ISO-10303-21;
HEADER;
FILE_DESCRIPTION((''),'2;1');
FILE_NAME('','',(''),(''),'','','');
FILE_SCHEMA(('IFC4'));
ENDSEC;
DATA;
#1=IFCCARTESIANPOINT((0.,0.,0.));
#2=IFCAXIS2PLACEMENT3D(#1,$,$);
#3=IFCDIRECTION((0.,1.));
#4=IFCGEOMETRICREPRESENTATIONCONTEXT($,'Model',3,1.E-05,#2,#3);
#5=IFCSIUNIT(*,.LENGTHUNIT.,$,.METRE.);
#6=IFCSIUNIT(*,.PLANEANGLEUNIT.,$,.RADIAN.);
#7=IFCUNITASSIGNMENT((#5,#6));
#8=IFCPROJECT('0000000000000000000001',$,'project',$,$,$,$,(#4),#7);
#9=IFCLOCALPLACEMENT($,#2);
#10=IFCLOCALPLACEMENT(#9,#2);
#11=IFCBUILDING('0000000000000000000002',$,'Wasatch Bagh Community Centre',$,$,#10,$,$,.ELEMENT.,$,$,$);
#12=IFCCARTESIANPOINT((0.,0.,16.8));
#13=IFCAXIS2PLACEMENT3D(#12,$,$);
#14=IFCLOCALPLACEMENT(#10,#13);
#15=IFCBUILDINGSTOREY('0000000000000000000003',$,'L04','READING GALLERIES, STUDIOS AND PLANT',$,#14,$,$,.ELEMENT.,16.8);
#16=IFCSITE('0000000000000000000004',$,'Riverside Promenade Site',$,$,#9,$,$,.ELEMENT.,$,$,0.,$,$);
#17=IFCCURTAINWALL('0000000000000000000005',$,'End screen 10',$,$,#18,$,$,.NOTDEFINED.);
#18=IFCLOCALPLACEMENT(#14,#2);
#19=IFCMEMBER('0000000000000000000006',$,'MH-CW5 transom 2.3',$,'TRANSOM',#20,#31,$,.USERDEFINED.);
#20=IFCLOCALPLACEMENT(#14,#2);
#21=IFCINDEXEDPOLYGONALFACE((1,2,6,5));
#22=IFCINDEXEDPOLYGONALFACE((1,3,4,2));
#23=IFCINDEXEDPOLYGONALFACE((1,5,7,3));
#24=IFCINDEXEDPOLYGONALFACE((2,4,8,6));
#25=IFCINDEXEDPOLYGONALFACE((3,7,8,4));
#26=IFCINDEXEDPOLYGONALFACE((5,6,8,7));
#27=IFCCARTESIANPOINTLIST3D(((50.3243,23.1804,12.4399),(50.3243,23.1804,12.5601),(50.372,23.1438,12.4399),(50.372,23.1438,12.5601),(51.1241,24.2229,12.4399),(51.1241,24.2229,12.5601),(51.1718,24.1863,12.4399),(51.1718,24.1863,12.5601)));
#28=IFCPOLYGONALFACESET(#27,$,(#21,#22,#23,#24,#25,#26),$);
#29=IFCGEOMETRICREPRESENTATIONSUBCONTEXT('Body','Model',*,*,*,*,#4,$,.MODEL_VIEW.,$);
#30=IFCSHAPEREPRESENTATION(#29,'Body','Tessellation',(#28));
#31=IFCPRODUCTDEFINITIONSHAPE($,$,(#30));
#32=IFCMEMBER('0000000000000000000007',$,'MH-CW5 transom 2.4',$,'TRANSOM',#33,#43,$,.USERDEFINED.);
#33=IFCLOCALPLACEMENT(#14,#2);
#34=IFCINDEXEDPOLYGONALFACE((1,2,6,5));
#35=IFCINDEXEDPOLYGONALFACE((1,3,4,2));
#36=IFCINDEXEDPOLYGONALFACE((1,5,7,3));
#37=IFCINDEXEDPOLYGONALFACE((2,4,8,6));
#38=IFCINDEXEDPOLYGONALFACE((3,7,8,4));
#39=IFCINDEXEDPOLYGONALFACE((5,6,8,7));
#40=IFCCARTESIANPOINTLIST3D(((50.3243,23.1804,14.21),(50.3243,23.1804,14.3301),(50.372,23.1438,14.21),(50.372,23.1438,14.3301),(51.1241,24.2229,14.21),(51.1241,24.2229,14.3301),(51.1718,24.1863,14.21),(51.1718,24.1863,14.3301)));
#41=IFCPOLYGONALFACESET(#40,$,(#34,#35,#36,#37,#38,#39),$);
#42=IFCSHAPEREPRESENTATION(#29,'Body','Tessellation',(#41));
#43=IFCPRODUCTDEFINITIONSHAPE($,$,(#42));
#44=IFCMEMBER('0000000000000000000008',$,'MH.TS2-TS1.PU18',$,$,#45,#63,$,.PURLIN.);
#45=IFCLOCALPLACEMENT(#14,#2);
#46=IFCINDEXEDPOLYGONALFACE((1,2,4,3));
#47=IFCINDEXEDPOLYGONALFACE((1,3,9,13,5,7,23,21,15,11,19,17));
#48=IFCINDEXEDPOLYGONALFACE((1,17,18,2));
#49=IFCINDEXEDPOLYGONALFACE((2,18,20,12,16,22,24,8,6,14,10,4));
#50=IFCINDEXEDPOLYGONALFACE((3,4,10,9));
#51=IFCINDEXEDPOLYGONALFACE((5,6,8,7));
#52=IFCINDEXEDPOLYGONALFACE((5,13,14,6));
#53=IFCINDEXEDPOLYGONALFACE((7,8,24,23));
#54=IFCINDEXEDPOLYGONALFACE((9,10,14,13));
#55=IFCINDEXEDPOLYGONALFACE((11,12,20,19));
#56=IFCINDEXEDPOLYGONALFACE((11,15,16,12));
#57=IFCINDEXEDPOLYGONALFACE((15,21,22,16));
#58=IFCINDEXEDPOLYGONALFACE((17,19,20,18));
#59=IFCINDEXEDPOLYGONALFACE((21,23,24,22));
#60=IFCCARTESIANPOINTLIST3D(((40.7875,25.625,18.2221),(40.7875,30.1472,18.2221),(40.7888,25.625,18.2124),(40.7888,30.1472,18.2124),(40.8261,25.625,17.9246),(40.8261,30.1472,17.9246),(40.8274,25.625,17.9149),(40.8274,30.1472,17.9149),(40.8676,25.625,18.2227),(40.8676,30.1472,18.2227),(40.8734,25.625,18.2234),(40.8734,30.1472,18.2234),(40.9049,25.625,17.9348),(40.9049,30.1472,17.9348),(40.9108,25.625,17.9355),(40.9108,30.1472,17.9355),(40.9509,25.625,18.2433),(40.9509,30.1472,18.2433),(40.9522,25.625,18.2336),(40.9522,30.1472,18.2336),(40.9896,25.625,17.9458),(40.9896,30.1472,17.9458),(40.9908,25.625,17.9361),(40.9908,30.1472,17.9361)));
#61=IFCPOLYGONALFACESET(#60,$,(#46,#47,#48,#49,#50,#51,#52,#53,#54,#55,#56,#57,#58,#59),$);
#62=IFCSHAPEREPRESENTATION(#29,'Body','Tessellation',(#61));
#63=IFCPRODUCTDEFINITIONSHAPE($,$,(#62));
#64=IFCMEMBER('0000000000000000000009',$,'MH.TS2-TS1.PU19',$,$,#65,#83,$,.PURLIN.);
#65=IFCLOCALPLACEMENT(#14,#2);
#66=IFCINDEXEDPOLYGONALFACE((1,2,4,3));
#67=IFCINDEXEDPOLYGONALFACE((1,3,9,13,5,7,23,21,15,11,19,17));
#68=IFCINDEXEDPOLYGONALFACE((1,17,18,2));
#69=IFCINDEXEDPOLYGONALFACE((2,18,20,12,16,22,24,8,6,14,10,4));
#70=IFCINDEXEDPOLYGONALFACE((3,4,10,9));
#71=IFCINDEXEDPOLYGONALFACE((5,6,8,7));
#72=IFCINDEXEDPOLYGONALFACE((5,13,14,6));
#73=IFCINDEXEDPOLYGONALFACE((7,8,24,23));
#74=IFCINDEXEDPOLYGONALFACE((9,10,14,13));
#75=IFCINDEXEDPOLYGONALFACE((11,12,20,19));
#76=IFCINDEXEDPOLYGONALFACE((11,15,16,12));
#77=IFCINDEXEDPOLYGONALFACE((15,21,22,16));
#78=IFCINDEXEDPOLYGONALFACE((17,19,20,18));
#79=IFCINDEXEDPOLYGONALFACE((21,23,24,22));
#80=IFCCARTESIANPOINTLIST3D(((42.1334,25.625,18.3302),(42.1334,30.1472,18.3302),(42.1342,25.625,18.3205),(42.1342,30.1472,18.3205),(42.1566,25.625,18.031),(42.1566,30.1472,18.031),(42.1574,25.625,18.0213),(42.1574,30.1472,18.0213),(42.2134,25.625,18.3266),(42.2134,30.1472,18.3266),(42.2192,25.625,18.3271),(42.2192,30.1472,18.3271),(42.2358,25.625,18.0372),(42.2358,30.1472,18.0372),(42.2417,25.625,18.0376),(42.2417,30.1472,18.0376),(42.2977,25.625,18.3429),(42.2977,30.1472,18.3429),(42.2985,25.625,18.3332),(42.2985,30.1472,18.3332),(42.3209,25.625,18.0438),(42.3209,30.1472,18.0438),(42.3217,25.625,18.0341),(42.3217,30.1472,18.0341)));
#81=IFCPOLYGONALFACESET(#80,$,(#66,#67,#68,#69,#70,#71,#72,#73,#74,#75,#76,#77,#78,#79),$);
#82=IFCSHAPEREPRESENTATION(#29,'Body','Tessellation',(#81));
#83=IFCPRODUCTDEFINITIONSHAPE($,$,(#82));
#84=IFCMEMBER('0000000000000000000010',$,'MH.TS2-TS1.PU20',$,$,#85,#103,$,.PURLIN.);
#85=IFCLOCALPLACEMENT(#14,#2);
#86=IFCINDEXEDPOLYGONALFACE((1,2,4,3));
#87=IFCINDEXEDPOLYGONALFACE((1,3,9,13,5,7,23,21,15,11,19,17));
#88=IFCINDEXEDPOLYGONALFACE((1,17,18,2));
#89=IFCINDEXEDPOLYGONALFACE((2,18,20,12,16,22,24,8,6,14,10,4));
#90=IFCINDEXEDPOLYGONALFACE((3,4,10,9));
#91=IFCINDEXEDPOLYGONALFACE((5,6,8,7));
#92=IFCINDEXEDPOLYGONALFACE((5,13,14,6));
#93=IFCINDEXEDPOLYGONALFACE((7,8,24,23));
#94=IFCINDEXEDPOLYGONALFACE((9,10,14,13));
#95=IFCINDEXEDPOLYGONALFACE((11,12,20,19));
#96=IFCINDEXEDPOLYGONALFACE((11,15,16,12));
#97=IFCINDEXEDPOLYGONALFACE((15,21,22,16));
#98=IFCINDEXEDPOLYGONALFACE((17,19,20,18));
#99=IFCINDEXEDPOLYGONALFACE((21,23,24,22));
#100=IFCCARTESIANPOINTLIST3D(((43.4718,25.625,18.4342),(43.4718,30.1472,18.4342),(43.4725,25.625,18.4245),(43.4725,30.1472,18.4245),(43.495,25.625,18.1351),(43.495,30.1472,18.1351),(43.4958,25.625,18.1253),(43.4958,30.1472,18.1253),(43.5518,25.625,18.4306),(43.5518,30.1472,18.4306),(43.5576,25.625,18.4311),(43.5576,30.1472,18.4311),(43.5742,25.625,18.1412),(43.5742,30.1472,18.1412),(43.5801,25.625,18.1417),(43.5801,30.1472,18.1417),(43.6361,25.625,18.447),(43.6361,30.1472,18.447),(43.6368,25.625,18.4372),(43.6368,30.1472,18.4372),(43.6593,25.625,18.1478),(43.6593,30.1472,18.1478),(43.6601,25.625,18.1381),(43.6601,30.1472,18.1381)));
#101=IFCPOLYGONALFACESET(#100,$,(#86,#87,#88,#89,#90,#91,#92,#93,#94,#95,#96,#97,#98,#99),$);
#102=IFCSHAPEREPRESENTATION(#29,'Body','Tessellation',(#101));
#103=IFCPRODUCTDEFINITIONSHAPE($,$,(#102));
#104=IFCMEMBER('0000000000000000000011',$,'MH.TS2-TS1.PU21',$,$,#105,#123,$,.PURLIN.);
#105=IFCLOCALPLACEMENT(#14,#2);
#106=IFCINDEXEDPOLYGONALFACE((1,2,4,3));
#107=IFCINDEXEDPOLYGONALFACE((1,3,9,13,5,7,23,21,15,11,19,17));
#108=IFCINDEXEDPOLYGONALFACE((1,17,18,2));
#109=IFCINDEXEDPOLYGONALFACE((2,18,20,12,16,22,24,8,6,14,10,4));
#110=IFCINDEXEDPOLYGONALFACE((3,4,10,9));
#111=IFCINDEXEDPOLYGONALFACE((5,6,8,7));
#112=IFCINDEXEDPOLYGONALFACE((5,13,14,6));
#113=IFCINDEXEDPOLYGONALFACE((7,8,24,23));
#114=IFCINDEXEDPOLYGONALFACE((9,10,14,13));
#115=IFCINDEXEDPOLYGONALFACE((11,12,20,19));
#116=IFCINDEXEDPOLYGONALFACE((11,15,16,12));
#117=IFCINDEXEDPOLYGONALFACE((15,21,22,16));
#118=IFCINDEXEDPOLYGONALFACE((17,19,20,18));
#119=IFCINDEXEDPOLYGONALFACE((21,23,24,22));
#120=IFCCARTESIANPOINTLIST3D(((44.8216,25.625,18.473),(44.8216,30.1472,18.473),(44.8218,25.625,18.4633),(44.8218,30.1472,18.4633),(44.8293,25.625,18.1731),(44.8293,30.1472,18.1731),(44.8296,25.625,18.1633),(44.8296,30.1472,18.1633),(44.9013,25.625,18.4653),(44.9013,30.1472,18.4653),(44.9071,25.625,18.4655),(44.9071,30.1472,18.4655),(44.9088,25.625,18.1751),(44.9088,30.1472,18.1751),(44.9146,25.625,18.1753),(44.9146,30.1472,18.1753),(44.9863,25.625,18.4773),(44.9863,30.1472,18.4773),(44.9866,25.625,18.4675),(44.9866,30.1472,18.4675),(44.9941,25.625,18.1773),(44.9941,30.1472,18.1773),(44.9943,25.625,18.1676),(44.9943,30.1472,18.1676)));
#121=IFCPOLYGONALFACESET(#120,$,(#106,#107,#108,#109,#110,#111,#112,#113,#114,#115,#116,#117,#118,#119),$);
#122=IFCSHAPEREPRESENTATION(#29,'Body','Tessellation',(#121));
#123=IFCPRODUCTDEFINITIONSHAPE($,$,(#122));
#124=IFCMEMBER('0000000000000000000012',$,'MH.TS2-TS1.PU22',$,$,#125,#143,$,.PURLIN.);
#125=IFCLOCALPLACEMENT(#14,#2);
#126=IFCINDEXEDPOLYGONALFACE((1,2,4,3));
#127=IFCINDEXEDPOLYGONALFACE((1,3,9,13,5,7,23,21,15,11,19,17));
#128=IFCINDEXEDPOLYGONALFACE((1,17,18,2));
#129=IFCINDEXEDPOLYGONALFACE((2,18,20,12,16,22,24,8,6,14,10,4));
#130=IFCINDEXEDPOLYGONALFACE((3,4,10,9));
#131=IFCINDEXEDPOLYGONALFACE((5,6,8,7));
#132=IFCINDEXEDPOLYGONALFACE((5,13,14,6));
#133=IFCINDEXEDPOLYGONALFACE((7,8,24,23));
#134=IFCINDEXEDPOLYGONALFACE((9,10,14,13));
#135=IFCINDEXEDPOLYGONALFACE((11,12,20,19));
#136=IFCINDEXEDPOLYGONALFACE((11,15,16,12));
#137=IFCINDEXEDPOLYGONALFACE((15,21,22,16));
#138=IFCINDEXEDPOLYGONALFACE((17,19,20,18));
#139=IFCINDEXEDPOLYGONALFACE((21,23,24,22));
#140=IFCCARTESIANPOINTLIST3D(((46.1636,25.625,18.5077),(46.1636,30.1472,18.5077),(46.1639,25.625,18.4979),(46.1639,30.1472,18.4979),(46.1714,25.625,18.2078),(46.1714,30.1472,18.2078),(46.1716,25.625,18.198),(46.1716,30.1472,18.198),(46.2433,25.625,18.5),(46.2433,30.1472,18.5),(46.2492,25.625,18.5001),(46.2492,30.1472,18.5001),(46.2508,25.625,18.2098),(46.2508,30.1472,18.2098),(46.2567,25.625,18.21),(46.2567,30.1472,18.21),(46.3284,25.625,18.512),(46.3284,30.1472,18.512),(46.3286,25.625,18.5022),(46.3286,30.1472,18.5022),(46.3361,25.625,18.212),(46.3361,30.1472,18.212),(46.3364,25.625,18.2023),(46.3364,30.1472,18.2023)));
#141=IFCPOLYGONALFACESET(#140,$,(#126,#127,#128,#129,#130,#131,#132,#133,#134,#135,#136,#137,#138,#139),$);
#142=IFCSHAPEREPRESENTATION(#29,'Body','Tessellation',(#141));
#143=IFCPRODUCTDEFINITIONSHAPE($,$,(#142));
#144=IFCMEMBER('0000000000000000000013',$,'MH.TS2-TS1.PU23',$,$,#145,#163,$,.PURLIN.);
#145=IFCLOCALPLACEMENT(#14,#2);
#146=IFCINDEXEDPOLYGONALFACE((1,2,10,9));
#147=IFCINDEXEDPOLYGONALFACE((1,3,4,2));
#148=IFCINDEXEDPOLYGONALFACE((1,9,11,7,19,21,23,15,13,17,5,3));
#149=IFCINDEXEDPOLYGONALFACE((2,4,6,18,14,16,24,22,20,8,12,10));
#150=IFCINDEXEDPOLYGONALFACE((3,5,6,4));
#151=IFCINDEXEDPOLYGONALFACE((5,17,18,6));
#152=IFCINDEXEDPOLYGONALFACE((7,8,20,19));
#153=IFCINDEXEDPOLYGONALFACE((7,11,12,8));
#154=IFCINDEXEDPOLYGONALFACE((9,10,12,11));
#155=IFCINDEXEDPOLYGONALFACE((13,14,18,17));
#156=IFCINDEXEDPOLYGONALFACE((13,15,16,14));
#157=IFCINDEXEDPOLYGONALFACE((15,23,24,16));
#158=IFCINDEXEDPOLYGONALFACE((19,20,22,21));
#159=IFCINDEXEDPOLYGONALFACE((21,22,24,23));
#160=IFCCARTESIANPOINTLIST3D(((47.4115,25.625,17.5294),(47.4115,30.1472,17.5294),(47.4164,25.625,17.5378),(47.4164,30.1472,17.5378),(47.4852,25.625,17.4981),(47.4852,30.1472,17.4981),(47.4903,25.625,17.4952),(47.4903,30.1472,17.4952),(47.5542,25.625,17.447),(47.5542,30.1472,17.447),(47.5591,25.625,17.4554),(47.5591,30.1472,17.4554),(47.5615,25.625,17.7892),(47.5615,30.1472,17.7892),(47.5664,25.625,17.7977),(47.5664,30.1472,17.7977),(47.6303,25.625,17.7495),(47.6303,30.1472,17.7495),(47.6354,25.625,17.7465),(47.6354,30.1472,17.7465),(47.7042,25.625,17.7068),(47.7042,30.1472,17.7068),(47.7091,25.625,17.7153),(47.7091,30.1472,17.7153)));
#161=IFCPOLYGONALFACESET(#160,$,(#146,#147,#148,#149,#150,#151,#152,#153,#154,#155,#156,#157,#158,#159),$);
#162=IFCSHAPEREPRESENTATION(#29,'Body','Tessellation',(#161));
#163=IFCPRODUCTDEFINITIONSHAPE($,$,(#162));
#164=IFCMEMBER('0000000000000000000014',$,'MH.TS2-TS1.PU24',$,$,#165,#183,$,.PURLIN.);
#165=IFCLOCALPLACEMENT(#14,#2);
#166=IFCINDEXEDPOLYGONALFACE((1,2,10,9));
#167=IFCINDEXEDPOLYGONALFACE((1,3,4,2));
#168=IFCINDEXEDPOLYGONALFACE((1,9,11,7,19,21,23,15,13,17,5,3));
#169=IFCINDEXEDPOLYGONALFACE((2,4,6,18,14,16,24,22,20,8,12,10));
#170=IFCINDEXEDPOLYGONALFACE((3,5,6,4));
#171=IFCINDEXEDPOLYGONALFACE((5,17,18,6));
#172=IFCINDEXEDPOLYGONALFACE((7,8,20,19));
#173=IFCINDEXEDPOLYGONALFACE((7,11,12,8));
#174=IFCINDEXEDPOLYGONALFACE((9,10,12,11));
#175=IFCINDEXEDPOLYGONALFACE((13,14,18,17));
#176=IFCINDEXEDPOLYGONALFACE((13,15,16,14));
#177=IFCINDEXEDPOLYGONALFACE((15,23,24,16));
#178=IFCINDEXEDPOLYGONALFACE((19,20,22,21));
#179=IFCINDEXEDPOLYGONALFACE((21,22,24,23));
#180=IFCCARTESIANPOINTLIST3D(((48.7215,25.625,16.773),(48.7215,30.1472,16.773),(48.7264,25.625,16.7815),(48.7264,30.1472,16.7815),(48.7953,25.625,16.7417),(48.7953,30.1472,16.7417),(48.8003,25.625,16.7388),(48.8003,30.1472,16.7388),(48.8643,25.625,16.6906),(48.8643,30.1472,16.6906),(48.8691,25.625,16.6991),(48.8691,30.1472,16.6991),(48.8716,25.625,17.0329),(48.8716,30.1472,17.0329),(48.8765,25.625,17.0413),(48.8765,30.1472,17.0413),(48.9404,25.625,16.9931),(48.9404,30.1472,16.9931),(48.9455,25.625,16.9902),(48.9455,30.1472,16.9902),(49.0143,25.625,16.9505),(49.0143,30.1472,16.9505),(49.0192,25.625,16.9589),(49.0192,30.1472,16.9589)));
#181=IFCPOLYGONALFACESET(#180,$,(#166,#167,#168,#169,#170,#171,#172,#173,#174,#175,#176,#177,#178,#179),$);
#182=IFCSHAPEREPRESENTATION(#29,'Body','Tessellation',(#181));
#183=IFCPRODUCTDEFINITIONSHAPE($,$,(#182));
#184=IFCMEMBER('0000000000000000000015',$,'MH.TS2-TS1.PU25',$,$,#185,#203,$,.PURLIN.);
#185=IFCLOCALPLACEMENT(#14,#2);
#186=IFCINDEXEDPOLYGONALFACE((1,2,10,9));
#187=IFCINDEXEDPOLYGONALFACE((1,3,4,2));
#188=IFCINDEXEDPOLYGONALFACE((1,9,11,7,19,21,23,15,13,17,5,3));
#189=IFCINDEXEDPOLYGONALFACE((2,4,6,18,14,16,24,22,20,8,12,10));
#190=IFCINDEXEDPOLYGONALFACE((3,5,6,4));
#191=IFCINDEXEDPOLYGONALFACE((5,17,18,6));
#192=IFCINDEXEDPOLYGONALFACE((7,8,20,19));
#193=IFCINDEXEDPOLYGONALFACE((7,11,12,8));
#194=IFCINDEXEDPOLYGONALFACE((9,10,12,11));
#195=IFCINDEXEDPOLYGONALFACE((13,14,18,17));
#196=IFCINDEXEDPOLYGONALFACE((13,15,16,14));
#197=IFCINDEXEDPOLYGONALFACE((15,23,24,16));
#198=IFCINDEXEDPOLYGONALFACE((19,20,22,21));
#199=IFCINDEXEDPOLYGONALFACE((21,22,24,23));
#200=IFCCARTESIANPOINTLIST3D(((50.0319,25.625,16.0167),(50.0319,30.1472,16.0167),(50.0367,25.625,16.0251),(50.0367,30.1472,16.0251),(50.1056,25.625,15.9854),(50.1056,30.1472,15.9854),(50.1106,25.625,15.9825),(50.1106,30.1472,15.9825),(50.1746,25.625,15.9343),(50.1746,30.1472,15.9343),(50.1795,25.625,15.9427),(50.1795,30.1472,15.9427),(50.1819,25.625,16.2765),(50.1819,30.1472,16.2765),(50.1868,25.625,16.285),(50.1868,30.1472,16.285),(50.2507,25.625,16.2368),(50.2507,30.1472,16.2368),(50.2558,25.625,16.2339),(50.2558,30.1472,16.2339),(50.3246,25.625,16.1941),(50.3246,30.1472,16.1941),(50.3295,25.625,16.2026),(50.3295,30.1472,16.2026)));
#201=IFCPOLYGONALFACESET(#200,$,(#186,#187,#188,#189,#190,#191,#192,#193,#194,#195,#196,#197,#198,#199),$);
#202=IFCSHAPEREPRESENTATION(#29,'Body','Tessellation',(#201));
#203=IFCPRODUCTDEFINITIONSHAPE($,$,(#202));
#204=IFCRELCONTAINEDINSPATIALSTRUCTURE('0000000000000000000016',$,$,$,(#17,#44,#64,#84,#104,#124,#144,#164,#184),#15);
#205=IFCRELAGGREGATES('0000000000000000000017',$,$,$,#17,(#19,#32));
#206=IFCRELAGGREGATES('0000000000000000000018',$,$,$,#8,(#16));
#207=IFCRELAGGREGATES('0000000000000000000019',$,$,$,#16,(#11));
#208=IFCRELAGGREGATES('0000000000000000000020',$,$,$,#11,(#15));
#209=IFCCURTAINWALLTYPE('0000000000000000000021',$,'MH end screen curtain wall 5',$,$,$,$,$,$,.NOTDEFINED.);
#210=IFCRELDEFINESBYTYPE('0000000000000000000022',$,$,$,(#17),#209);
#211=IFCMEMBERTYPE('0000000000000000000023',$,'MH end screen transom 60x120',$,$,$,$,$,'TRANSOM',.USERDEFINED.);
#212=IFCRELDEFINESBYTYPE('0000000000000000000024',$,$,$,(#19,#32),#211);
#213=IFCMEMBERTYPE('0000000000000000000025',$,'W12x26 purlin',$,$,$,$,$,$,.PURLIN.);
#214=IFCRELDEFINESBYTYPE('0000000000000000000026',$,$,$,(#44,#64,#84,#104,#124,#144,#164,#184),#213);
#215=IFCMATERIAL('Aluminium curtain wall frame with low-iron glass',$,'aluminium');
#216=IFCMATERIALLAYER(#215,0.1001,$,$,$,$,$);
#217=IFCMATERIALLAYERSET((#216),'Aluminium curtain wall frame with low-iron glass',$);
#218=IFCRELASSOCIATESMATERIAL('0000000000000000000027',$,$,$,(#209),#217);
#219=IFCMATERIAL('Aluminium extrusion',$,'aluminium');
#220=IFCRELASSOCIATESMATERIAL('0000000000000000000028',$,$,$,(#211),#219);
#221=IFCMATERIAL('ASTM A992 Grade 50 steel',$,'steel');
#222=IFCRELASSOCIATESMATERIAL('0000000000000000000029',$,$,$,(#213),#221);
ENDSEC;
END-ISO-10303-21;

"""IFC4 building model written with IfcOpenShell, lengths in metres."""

from ifc_helpers import new_model, si_unit, direction, frame, origin, origin_2d, place, context, subcontext, project, spatial, rectangle, i_section, extrude, material, layer, layer_set, material_profile, profile_set, type_object, element, aggregate, save


model = new_model("IFC4")

# Units and contexts
model_context = context("Model", 3, precision=1e-05, world=origin(), true_north=direction((0.0, 1.0)))
body_context = subcontext(model_context, "Body", "Model", "MODEL_VIEW")
ifc_project = project(units=[si_unit("LENGTHUNIT", "METRE"), si_unit("PLANEANGLEUNIT", "RADIAN")], contexts=[model_context])

# Site, building, storey
site_placement = place(None, origin())
site = spatial("IfcSite", under=ifc_project, at=site_placement, Name="Riverside Promenade Site", CompositionType="ELEMENT", RefElevation=0.0)
building_placement = place(site_placement, origin())
building = spatial("IfcBuilding", under=site, at=building_placement, Name="Wasatch Bagh Community Centre", CompositionType="ELEMENT")
storey_placement = place(building_placement, frame((0.0, 0.0, 16.8)))
storey = spatial("IfcBuildingStorey", under=building, at=storey_placement, Name="L04", Description="READING GALLERIES, STUDIOS AND PLANT", CompositionType="ELEMENT", Elevation=16.8)

# Curtain wall, members
ifc_material_1 = material(Name="Aluminium curtain wall frame with low-iron glass", Category="aluminium")
ifc_layer_1 = layer(ifc_material_1, 0.1001)
ifc_layer_set_1 = layer_set([ifc_layer_1], Name="Aluminium curtain wall frame with low-iron glass")
curtain_wall_type = type_object("IfcCurtainWallType", Name="MH end screen curtain wall 5", PredefinedType="NOTDEFINED", material=ifc_layer_set_1)
curtain_wall_placement = place(storey_placement, origin())
curtain_wall = element("IfcCurtainWall", 1, at=curtain_wall_placement, inside=storey, type_object=curtain_wall_type, Name="End screen 10", PredefinedType="NOTDEFINED")
ifc_material_2 = material(Name="Aluminium extrusion", Category="aluminium")
ifc_material_profile_1 = material_profile(ifc_material_2, rectangle(XDim=0.0601, YDim=0.1201, at=origin_2d()), Name="AL 60x120")
ifc_profile_set_1 = profile_set([ifc_material_profile_1], Name="Aluminium extrusion")
member_type_1 = type_object("IfcMemberType", Name="MH end screen transom 60x120", ElementType="TRANSOM", PredefinedType="USERDEFINED", material=ifc_profile_set_1)
member_1_placement = place(storey_placement, frame((50.3481, 23.1621, 12.5), z_axis=(0.608705, 0.793397, 0.0), x_axis=(-0.793397, 0.608705, 0.0)))
member_1 = element("IfcMember", 2, at=member_1_placement, type_object=member_type_1, Name="MH-CW5 transom 2.3", ObjectType="TRANSOM", PredefinedType="USERDEFINED", context=body_context, shape_type="SweptSolid", body=[
    extrude(rectangle(XDim=0.0601, YDim=0.1201, at=origin_2d()), origin(), (0.0, 0.0, 1.0), 1.314),
])
member_2_placement = place(storey_placement, frame((50.3481, 23.1621, 14.27), z_axis=(0.608705, 0.793397, 0.0), x_axis=(-0.793397, 0.608705, 0.0)))
member_2 = element("IfcMember", 3, at=member_2_placement, type_object=member_type_1, Name="MH-CW5 transom 2.4", ObjectType="TRANSOM", PredefinedType="USERDEFINED", context=body_context, shape_type="SweptSolid", body=[
    extrude(rectangle(XDim=0.0601, YDim=0.1201, at=origin_2d()), origin(), (0.0, 0.0, 1.0), 1.314),
])

# Members
ifc_material_3 = material(Name="ASTM A992 Grade 50 steel", Category="steel")
ifc_material_profile_2 = material_profile(ifc_material_3, i_section(OverallWidth=0.1648, OverallDepth=0.3098, WebThickness=0.0059, FlangeThickness=0.0098, at=origin_2d()), Name="W12x26")
ifc_profile_set_2 = profile_set([ifc_material_profile_2], Name="ASTM A992 Grade 50 steel")
member_type_2 = type_object("IfcMemberType", Name="W12x26 purlin", PredefinedType="PURLIN", material=ifc_profile_set_2)
for number, where, z_axis, x_axis, name in (
    (4, (40.8892, 25.625, 18.0791), (0.0, 1.0, 0.0), (-0.991678, 0.0, -0.12874), "MH.TS2-TS1.PU18"),
    (5, (42.2275, 25.625, 18.1821), (0.0, 1.0, 0.0), (-0.997002, 0.0, -0.077382), "MH.TS2-TS1.PU19"),
    (6, (43.5659, 25.625, 18.2861), (0.0, 1.0, 0.0), (-0.997002, 0.0, -0.077382), "MH.TS2-TS1.PU20"),
    (7, (44.908, 25.625, 18.3203), (0.0, 1.0, 0.0), (-0.999667, 0.0, -0.025817), "MH.TS2-TS1.PU21"),
    (8, (46.25, 25.625, 18.355), (0.0, 1.0, 0.0), (-0.999667, 0.0, -0.025817), "MH.TS2-TS1.PU22"),
    (9, (47.5603, 25.625, 17.6223), (0.0, 1.0, 0.0), (-0.866025, 0.0, 0.5), "MH.TS2-TS1.PU23"),
    (10, (48.8704, 25.625, 16.866), (0.0, 1.0, 0.0), (-0.866025, 0.0, 0.5), "MH.TS2-TS1.PU24"),
    (11, (50.1807, 25.625, 16.1096), (0.0, 1.0, 0.0), (-0.866025, 0.0, 0.5), "MH.TS2-TS1.PU25"),
):
    element("IfcMember", number, at=place(storey_placement, frame(where, z_axis=z_axis, x_axis=x_axis)), inside=storey, type_object=member_type_2, Name=name, PredefinedType="PURLIN", context=body_context, shape_type="SweptSolid", body=[
        extrude(i_section(OverallWidth=0.1648, OverallDepth=0.3098, WebThickness=0.0059, FlangeThickness=0.0098, at=origin_2d()), origin(), (0.0, 0.0, 1.0), 4.5222),
    ])

aggregate(curtain_wall, [member_1, member_2])

save(model, "model.ifc")
